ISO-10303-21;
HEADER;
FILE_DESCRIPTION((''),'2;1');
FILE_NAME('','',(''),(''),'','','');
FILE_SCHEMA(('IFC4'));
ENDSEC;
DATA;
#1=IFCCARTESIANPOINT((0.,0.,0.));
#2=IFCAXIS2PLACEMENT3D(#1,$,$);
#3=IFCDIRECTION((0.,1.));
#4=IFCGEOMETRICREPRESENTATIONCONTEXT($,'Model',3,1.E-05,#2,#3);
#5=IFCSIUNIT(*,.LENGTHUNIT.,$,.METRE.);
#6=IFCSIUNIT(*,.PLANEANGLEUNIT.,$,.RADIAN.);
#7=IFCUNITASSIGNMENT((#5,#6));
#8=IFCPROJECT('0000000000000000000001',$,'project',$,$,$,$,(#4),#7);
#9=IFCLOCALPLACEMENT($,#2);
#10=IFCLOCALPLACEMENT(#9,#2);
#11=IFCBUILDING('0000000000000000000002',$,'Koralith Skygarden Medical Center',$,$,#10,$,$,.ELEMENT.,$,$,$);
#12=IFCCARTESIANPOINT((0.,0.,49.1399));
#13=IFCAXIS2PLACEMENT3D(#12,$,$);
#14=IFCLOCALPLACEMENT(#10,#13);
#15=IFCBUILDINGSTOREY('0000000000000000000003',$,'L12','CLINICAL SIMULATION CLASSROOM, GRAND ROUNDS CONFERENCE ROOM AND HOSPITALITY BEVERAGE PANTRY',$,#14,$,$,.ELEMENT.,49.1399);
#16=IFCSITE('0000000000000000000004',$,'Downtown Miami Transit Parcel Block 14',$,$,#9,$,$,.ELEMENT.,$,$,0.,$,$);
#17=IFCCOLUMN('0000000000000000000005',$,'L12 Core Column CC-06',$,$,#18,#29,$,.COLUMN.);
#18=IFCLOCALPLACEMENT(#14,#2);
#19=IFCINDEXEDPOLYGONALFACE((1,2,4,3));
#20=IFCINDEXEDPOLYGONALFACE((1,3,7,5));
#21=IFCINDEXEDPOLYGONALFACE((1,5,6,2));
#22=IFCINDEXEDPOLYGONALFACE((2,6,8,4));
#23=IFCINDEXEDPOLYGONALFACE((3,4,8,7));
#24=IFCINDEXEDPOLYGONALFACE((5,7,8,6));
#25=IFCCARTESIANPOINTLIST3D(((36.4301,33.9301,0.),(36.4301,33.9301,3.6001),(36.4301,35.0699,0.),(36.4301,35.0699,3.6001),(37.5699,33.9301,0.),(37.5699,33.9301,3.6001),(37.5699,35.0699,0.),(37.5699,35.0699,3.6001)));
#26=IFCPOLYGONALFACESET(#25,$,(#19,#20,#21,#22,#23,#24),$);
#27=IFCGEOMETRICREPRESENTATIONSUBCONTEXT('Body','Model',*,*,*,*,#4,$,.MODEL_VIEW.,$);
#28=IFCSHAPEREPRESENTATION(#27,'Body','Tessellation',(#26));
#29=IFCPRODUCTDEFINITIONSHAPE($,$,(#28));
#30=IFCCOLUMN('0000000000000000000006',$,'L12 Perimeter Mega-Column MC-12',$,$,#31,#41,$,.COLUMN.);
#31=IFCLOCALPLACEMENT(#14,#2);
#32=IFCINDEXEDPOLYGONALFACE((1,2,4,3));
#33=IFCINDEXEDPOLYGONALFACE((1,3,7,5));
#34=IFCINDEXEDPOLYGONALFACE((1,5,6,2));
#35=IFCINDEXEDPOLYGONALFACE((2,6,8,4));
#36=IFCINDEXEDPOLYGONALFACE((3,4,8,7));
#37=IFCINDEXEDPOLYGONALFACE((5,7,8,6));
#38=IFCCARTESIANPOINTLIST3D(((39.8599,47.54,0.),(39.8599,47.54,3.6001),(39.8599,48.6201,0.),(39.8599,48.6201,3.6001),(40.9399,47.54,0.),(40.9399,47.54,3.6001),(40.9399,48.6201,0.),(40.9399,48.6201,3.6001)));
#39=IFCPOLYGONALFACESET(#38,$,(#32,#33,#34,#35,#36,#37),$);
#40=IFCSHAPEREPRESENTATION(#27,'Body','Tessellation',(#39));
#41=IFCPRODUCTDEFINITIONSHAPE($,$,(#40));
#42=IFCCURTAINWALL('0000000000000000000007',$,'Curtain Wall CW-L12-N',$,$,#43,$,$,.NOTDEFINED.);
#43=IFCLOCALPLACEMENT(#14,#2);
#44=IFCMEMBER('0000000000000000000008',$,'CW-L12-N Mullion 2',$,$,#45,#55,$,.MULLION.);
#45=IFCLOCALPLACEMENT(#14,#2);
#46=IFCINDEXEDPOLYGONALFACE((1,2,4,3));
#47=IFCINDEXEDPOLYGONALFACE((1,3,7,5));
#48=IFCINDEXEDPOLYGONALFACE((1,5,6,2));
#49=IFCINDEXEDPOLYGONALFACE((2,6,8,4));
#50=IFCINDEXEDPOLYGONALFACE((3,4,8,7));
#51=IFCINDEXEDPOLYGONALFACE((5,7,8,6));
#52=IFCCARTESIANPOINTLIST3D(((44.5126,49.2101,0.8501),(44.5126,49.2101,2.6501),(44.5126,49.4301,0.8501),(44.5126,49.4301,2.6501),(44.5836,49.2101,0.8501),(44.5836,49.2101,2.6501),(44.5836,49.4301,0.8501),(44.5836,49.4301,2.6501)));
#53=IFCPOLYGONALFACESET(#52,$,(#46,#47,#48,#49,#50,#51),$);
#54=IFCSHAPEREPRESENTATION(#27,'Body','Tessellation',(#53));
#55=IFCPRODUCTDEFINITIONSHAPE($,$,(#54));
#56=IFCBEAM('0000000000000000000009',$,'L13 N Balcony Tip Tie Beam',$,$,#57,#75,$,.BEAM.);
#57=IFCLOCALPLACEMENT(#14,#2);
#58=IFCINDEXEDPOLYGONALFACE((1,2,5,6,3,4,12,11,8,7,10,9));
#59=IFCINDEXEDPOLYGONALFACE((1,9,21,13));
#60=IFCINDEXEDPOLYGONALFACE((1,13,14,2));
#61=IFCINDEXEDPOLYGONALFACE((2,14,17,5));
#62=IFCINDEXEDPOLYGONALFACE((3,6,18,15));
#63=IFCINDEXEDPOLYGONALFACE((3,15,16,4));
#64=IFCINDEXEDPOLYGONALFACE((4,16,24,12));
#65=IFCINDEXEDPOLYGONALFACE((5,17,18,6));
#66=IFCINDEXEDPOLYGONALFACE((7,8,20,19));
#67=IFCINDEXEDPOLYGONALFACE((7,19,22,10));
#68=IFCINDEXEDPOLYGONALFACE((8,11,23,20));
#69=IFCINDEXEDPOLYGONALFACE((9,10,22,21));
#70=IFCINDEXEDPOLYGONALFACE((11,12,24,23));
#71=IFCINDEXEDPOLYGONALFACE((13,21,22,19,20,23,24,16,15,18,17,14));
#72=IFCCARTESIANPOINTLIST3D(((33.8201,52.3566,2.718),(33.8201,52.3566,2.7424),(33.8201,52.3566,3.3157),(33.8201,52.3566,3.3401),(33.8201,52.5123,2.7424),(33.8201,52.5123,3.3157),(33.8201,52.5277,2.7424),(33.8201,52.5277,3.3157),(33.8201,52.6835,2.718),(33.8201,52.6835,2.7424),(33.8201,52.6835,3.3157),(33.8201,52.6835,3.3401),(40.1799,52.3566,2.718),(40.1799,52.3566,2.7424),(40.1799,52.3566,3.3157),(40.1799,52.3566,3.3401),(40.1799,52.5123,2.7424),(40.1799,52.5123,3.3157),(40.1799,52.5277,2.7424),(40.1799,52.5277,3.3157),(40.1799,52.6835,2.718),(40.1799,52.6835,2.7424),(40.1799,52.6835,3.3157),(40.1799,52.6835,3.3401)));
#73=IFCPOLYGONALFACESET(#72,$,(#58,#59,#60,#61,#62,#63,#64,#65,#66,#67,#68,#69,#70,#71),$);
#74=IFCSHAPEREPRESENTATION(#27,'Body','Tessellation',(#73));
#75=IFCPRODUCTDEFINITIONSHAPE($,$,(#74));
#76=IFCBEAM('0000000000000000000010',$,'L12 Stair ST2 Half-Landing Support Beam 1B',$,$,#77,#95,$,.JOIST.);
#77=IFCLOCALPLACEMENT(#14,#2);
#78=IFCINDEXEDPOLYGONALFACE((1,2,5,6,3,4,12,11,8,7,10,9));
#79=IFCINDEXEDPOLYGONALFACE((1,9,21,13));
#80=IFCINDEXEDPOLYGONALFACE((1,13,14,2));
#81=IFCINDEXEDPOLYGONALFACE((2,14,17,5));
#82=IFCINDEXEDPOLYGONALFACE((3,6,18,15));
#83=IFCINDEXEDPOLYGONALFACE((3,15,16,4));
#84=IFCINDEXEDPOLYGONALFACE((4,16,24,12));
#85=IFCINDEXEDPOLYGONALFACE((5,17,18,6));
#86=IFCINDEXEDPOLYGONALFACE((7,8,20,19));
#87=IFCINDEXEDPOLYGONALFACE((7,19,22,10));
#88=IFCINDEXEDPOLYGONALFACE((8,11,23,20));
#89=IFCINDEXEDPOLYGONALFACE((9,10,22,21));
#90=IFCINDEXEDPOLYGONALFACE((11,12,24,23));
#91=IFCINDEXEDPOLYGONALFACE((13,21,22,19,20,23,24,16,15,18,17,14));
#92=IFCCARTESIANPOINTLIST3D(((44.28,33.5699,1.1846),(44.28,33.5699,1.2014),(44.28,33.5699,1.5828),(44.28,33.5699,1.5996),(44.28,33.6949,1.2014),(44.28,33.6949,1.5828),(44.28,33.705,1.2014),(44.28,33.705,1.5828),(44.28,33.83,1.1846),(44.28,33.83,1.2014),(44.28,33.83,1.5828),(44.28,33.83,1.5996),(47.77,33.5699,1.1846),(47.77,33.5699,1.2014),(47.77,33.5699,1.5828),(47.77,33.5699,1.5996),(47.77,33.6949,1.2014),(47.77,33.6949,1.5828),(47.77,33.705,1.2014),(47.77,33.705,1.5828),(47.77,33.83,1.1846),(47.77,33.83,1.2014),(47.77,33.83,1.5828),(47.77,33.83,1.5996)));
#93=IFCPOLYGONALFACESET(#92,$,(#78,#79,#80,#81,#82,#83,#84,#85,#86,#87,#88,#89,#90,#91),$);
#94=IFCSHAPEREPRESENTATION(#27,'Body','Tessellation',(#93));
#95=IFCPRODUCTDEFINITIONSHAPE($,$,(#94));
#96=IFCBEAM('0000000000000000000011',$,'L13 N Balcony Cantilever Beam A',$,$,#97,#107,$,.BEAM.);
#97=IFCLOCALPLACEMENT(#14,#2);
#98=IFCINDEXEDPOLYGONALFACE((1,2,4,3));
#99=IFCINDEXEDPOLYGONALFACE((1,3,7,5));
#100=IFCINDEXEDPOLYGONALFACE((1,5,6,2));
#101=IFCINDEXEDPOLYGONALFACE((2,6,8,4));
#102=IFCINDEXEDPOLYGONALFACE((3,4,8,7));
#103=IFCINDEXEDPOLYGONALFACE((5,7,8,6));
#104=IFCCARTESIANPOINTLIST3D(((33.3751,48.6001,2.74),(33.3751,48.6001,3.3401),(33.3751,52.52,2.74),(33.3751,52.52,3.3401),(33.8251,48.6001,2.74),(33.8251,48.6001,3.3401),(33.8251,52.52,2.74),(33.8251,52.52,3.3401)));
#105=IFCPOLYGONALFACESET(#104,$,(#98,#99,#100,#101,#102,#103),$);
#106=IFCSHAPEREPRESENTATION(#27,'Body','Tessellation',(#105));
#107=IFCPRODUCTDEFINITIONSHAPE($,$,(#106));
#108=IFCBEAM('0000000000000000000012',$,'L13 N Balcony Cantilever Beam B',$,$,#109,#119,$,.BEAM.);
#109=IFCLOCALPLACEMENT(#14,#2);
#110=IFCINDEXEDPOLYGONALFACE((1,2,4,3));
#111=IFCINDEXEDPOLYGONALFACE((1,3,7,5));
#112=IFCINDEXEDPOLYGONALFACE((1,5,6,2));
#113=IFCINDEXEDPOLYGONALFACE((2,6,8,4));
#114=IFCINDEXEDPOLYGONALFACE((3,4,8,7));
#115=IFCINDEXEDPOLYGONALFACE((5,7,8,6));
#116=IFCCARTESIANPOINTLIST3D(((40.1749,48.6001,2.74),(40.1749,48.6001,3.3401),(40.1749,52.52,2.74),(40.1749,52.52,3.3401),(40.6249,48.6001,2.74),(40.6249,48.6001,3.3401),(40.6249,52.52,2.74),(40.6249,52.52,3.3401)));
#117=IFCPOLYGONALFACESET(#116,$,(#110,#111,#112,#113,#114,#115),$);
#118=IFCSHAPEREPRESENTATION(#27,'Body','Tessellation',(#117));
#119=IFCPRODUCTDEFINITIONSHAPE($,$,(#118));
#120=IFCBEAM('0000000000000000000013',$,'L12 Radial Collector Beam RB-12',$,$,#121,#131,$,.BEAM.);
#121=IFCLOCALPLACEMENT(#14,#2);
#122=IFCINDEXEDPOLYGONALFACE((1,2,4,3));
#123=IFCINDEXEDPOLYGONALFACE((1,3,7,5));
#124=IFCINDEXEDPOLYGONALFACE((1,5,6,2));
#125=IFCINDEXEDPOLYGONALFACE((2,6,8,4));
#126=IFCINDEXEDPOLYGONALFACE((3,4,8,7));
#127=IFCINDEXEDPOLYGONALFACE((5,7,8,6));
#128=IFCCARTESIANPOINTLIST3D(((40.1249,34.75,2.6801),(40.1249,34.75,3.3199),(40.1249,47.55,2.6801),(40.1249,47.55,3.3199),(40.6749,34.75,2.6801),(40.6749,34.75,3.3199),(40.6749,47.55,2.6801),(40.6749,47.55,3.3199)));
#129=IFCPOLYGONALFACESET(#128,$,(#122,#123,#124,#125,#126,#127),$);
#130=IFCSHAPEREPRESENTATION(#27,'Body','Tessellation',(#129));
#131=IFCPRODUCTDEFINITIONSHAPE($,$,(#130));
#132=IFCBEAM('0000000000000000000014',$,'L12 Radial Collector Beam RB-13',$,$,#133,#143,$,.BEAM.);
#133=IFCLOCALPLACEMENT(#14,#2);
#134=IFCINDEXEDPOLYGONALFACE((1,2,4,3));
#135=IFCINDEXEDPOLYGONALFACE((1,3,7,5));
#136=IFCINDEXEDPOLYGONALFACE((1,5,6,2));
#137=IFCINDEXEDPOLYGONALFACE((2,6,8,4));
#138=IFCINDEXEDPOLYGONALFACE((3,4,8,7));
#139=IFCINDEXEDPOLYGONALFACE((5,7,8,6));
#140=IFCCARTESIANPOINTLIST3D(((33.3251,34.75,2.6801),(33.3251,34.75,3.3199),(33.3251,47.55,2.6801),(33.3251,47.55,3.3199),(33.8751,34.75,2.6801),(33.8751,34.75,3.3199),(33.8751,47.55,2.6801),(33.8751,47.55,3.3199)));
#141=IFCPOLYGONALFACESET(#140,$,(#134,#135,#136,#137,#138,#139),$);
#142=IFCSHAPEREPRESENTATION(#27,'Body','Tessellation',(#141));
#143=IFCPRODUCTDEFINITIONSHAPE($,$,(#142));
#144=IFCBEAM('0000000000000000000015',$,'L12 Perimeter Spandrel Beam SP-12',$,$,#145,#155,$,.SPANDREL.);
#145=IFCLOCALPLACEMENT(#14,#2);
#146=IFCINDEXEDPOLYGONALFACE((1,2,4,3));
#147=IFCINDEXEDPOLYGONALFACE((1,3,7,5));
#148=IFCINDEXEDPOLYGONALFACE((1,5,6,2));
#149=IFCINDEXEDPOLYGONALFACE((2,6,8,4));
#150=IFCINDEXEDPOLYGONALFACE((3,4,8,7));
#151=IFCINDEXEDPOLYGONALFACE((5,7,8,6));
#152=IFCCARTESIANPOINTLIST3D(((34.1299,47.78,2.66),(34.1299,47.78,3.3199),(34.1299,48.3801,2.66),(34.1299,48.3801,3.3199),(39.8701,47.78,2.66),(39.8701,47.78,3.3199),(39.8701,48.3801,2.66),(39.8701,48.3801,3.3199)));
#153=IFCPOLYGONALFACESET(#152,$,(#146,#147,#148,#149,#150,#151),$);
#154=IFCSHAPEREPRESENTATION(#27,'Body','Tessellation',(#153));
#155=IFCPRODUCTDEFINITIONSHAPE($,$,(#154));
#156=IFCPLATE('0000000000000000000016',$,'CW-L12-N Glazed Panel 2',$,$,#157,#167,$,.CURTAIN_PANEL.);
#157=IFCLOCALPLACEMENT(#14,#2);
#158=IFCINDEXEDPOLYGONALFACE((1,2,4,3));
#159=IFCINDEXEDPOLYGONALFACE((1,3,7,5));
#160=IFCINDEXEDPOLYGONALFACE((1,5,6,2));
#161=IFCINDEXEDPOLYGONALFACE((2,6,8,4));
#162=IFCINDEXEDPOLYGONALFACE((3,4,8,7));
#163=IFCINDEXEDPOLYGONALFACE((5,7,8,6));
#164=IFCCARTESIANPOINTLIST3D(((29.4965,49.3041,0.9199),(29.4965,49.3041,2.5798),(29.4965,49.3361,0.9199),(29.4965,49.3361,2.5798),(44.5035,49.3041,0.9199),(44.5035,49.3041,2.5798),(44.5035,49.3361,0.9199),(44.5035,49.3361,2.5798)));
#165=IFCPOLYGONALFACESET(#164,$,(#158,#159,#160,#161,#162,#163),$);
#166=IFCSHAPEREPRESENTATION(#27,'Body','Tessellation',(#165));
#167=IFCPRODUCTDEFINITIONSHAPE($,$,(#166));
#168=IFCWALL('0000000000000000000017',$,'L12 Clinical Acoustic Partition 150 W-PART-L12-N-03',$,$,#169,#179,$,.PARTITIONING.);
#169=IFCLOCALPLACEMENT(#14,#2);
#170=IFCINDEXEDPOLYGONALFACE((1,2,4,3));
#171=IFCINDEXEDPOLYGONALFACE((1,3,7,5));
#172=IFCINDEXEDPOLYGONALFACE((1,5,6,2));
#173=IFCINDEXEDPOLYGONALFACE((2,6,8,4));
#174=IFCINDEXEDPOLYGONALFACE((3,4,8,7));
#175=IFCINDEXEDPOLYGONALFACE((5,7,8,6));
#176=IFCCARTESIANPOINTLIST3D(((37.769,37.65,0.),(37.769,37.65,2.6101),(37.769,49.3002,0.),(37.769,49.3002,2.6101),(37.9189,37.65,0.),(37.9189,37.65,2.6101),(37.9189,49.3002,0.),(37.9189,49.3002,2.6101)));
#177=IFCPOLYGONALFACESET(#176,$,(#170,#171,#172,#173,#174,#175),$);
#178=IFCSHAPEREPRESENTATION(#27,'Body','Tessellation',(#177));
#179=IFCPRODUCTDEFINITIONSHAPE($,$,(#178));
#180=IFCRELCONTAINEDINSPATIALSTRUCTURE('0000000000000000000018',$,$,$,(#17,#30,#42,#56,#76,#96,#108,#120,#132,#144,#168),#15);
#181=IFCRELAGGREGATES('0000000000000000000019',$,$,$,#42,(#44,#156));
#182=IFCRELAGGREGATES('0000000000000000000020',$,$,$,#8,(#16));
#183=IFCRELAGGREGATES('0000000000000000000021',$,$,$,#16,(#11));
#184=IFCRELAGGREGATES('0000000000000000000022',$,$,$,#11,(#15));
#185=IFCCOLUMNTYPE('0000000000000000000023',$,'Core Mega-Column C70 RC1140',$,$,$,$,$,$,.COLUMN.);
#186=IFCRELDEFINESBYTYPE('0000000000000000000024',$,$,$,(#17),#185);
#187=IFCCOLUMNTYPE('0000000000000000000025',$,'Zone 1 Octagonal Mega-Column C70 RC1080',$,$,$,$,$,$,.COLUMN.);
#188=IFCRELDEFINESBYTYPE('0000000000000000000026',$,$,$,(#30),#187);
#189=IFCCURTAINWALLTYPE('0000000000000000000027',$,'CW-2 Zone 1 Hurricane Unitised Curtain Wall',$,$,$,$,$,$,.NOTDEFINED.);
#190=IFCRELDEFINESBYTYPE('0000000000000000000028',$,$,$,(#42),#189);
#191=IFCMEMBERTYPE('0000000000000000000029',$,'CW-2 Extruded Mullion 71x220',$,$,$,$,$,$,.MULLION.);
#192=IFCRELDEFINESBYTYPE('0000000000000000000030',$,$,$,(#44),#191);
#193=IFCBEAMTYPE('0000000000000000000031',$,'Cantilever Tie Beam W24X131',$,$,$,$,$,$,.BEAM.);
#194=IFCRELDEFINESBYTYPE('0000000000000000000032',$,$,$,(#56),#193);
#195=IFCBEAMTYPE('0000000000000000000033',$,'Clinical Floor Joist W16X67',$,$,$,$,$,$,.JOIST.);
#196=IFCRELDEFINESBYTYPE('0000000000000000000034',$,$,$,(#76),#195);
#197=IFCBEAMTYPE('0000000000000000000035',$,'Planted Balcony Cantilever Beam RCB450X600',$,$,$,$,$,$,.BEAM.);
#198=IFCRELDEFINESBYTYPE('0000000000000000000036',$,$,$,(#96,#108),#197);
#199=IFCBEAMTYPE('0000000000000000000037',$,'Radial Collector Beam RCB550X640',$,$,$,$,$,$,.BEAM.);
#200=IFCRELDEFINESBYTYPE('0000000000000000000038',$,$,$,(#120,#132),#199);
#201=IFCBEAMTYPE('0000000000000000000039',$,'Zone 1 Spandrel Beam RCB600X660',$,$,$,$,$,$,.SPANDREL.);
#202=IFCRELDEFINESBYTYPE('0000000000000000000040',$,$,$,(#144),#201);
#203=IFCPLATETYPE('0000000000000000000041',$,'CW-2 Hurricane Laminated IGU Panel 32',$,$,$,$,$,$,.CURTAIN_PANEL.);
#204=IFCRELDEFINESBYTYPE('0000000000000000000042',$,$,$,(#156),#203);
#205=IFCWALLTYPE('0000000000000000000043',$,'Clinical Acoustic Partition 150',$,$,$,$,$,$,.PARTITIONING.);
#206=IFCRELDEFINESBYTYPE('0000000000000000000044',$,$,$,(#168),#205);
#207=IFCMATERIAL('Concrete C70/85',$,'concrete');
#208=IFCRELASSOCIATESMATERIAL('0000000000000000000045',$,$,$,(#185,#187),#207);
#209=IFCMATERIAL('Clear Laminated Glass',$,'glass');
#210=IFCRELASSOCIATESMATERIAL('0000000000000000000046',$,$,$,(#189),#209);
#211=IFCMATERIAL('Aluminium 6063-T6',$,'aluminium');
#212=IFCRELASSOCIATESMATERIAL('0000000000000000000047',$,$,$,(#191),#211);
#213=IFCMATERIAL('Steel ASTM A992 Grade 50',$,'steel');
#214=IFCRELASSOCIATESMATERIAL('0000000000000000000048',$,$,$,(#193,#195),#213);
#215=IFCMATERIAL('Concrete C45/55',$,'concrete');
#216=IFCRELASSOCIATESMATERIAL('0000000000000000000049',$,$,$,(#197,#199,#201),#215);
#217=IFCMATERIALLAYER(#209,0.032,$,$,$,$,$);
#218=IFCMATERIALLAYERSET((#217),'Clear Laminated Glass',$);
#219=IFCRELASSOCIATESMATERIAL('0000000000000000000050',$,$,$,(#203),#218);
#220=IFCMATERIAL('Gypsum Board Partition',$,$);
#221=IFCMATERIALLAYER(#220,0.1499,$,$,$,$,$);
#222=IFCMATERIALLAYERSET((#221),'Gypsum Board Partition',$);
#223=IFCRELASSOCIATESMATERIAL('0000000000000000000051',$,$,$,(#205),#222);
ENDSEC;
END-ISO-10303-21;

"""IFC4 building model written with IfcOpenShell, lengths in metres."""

from ifc_helpers import new_model, si_unit, direction, frame, frame_2d, origin, origin_2d, place, context, subcontext, project, spatial, rectangle, i_section, extrude, material, layer, layer_set, material_profile, profile_set, type_object, element, aggregate, save


model = new_model("IFC4")

# Units and contexts
model_context = context("Model", 3, precision=1e-05, world=origin(), true_north=direction((0.0, 1.0)))
body_context = subcontext(model_context, "Body", "Model", "MODEL_VIEW")
ifc_project = project(units=[si_unit("LENGTHUNIT", "METRE"), si_unit("PLANEANGLEUNIT", "RADIAN")], contexts=[model_context])

# Site, building, storey
site_placement = place(None, origin())
site = spatial("IfcSite", under=ifc_project, at=site_placement, Name="Downtown Miami Transit Parcel Block 14", CompositionType="ELEMENT", RefElevation=0.0)
building_placement = place(site_placement, origin())
building = spatial("IfcBuilding", under=site, at=building_placement, Name="Koralith Skygarden Medical Center", CompositionType="ELEMENT")
storey_placement = place(building_placement, frame((0.0, 0.0, 49.1399)))
storey = spatial("IfcBuildingStorey", under=building, at=storey_placement, Name="L12", Description="CLINICAL SIMULATION CLASSROOM, GRAND ROUNDS CONFERENCE ROOM AND HOSPITALITY BEVERAGE PANTRY", CompositionType="ELEMENT", Elevation=49.1399)

# Columns
ifc_material_1 = material(Name="Concrete C70/85", Category="concrete")
ifc_material_profile_1 = material_profile(ifc_material_1, rectangle(XDim=1.1399, YDim=1.1399, at=origin_2d()), Name="RC1140X1140")
ifc_profile_set_1 = profile_set([ifc_material_profile_1], Name="Concrete C70/85")
column_type_1 = type_object("IfcColumnType", Name="Core Mega-Column C70 RC1140", PredefinedType="COLUMN", material=ifc_profile_set_1)
column_1_placement = place(storey_placement, frame((37.0, 34.5, 0.0), z_axis=(0.0, 0.0, 1.0), x_axis=(1.0, 0.0, 0.0)))
element("IfcColumn", 1, at=column_1_placement, inside=storey, type_object=column_type_1, Name="L12 Core Column CC-06", PredefinedType="COLUMN", context=body_context, shape_type="SweptSolid", body=[
    extrude(rectangle(XDim=1.1399, YDim=1.1399, at=origin_2d()), origin(), (0.0, 0.0, 1.0), 3.6001),
])
ifc_material_profile_2 = material_profile(ifc_material_1, rectangle(XDim=1.0801, YDim=1.0801, at=origin_2d()), Name="RC1080X1080")
ifc_profile_set_2 = profile_set([ifc_material_profile_2], Name="Concrete C70/85")
column_type_2 = type_object("IfcColumnType", Name="Zone 1 Octagonal Mega-Column C70 RC1080", PredefinedType="COLUMN", material=ifc_profile_set_2)
column_2_placement = place(storey_placement, frame((40.3999, 48.0801, 0.0), z_axis=(0.0, 0.0, 1.0), x_axis=(1.0, 0.0, 0.0)))
element("IfcColumn", 2, at=column_2_placement, inside=storey, type_object=column_type_2, Name="L12 Perimeter Mega-Column MC-12", PredefinedType="COLUMN", context=body_context, shape_type="SweptSolid", body=[
    extrude(rectangle(XDim=1.0801, YDim=1.0801, at=origin_2d()), origin(), (0.0, 0.0, 1.0), 3.6001),
])

# Curtain wall, member
ifc_material_2 = material(Name="Clear Laminated Glass", Category="glass")
curtain_wall_type = type_object("IfcCurtainWallType", Name="CW-2 Zone 1 Hurricane Unitised Curtain Wall", PredefinedType="NOTDEFINED", material=ifc_material_2)
curtain_wall_placement = place(storey_placement, origin())
curtain_wall = element("IfcCurtainWall", 3, at=curtain_wall_placement, inside=storey, type_object=curtain_wall_type, Name="Curtain Wall CW-L12-N", PredefinedType="NOTDEFINED")
ifc_material_3 = material(Name="Aluminium 6063-T6", Category="aluminium")
ifc_material_profile_3 = material_profile(ifc_material_3, rectangle(XDim=0.071, YDim=0.22, at=origin_2d()), Name="MUL71X220")
ifc_profile_set_3 = profile_set([ifc_material_profile_3], Name="Aluminium 6063-T6")
member_type = type_object("IfcMemberType", Name="CW-2 Extruded Mullion 71x220", PredefinedType="MULLION", material=ifc_profile_set_3)
member_placement = place(storey_placement, frame((44.5481, 49.3201, 0.8501), z_axis=(0.0, 0.0, 1.0), x_axis=(1.0, 0.0, 0.0)))
member = element("IfcMember", 4, at=member_placement, type_object=member_type, Name="CW-L12-N Mullion 2", PredefinedType="MULLION", context=body_context, shape_type="SweptSolid", body=[
    extrude(rectangle(XDim=0.071, YDim=0.22, at=origin_2d()), origin(), (0.0, 0.0, 1.0), 1.8),
])

# Beams
ifc_material_4 = material(Name="Steel ASTM A992 Grade 50", Category="steel")
ifc_material_profile_4 = material_profile(ifc_material_4, i_section(OverallWidth=0.3269, OverallDepth=0.6221, WebThickness=0.0154, FlangeThickness=0.0244, at=origin_2d()), Name="W24X131")
ifc_profile_set_4 = profile_set([ifc_material_profile_4], Name="Steel ASTM A992 Grade 50")
beam_type_1 = type_object("IfcBeamType", Name="Cantilever Tie Beam W24X131", PredefinedType="BEAM", material=ifc_profile_set_4)
beam_1_placement = place(storey_placement, frame((33.8201, 52.52, 3.0291), z_axis=(1.0, 0.0, 0.0), x_axis=(0.0, 1.0, 0.0)))
element("IfcBeam", 5, at=beam_1_placement, inside=storey, type_object=beam_type_1, Name="L13 N Balcony Tip Tie Beam", PredefinedType="BEAM", context=body_context, shape_type="SweptSolid", body=[
    extrude(i_section(OverallWidth=0.3269, OverallDepth=0.6221, WebThickness=0.0154, FlangeThickness=0.0244, at=origin_2d()), origin(), (0.0, 0.0, 1.0), 6.3599),
])
ifc_material_profile_5 = material_profile(ifc_material_4, i_section(OverallWidth=0.26, OverallDepth=0.415, WebThickness=0.01, FlangeThickness=0.0168, at=origin_2d()), Name="W16X67")
ifc_profile_set_5 = profile_set([ifc_material_profile_5], Name="Steel ASTM A992 Grade 50")
beam_type_2 = type_object("IfcBeamType", Name="Clinical Floor Joist W16X67", PredefinedType="JOIST", material=ifc_profile_set_5)
beam_2_placement = place(storey_placement, frame((44.28, 33.7, 1.3921), z_axis=(1.0, 0.0, 0.0), x_axis=(0.0, 1.0, 0.0)))
element("IfcBeam", 6, at=beam_2_placement, inside=storey, type_object=beam_type_2, Name="L12 Stair ST2 Half-Landing Support Beam 1B", PredefinedType="JOIST", context=body_context, shape_type="SweptSolid", body=[
    extrude(i_section(OverallWidth=0.26, OverallDepth=0.415, WebThickness=0.01, FlangeThickness=0.0168, at=origin_2d()), origin(), (0.0, 0.0, 1.0), 3.49),
])
ifc_material_5 = material(Name="Concrete C45/55", Category="concrete")
ifc_material_profile_6 = material_profile(ifc_material_5, rectangle(XDim=0.45, YDim=0.6001, at=origin_2d()), Name="RCB450X600")
ifc_profile_set_6 = profile_set([ifc_material_profile_6], Name="Concrete C45/55")
beam_type_3 = type_object("IfcBeamType", Name="Planted Balcony Cantilever Beam RCB450X600", PredefinedType="BEAM", material=ifc_profile_set_6)
for number, where, z_axis, x_axis, name in (
    (7, (33.6001, 48.6001, 3.04), (0.0, 1.0, 0.0), (-1.0, 0.0, 0.0), "L13 N Balcony Cantilever Beam A"),
    (8, (40.3999, 48.6001, 3.04), (0.0, 1.0, 0.0), (-1.0, 0.0, 0.0), "L13 N Balcony Cantilever Beam B"),
):
    element("IfcBeam", number, at=place(storey_placement, frame(where, z_axis=z_axis, x_axis=x_axis)), inside=storey, type_object=beam_type_3, Name=name, PredefinedType="BEAM", context=body_context, shape_type="SweptSolid", body=[
        extrude(rectangle(XDim=0.45, YDim=0.6001, at=origin_2d()), origin(), (0.0, 0.0, 1.0), 3.9199),
    ])
ifc_material_profile_7 = material_profile(ifc_material_5, rectangle(XDim=0.55, YDim=0.6399, at=origin_2d()), Name="RCB550X640")
ifc_profile_set_7 = profile_set([ifc_material_profile_7], Name="Concrete C45/55")
beam_type_4 = type_object("IfcBeamType", Name="Radial Collector Beam RCB550X640", PredefinedType="BEAM", material=ifc_profile_set_7)
for number, where, z_axis, x_axis, name in (
    (9, (40.3999, 34.75, 3.0), (0.0, 1.0, 0.0), (-1.0, 0.0, 0.0), "L12 Radial Collector Beam RB-12"),
    (10, (33.6001, 34.75, 3.0), (0.0, 1.0, 0.0), (-1.0, 0.0, 0.0), "L12 Radial Collector Beam RB-13"),
):
    element("IfcBeam", number, at=place(storey_placement, frame(where, z_axis=z_axis, x_axis=x_axis)), inside=storey, type_object=beam_type_4, Name=name, PredefinedType="BEAM", context=body_context, shape_type="SweptSolid", body=[
        extrude(rectangle(XDim=0.55, YDim=0.6399, at=origin_2d()), origin(), (0.0, 0.0, 1.0), 12.8),
    ])
ifc_material_profile_8 = material_profile(ifc_material_5, rectangle(XDim=0.6001, YDim=0.6599, at=origin_2d()), Name="RCB600X660")
ifc_profile_set_8 = profile_set([ifc_material_profile_8], Name="Concrete C45/55")
beam_type_5 = type_object("IfcBeamType", Name="Zone 1 Spandrel Beam RCB600X660", PredefinedType="SPANDREL", material=ifc_profile_set_8)
beam_3_placement = place(storey_placement, frame((39.8701, 48.0801, 2.99), z_axis=(-1.0, 0.0, 0.0), x_axis=(0.0, -1.0, 0.0)))
element("IfcBeam", 11, at=beam_3_placement, inside=storey, type_object=beam_type_5, Name="L12 Perimeter Spandrel Beam SP-12", PredefinedType="SPANDREL", context=body_context, shape_type="SweptSolid", body=[
    extrude(rectangle(XDim=0.6001, YDim=0.6599, at=origin_2d()), origin(), (0.0, 0.0, 1.0), 5.7402),
])

# Plate
ifc_layer_1 = layer(ifc_material_2, 0.032)
ifc_layer_set_1 = layer_set([ifc_layer_1], Name="Clear Laminated Glass")
plate_type = type_object("IfcPlateType", Name="CW-2 Hurricane Laminated IGU Panel 32", PredefinedType="CURTAIN_PANEL", material=ifc_layer_set_1)
plate_placement = place(storey_placement, frame((37.0, 49.3201, 0.9199), z_axis=(0.0, 0.0, 1.0), x_axis=(-1.0, 0.0, 0.0)))
plate = element("IfcPlate", 12, at=plate_placement, type_object=plate_type, Name="CW-L12-N Glazed Panel 2", PredefinedType="CURTAIN_PANEL", context=body_context, shape_type="SweptSolid", body=[
    extrude(rectangle(XDim=15.0071, YDim=0.032, at=origin_2d()), origin(), (0.0, 0.0, 1.0), 1.6599),
])
aggregate(curtain_wall, [member, plate])

# Wall
ifc_material_6 = material(Name="Gypsum Board Partition")
ifc_layer_2 = layer(ifc_material_6, 0.1499)
ifc_layer_set_2 = layer_set([ifc_layer_2], Name="Gypsum Board Partition")
wall_type_1 = type_object("IfcWallType", Name="Clinical Acoustic Partition 150", PredefinedType="PARTITIONING", material=ifc_layer_set_2)
wall_1_placement = place(storey_placement, frame((37.844, 37.6499, 0.0), z_axis=(0.0, 0.0, 1.0), x_axis=(0.0, 1.0, 0.0)))
element("IfcWall", 13, at=wall_1_placement, inside=storey, type_object=wall_type_1, Name="L12 Clinical Acoustic Partition 150 W-PART-L12-N-03", PredefinedType="PARTITIONING", context=body_context, shape_type="SweptSolid", body=[
    extrude(rectangle(XDim=11.6501, YDim=0.1499, at=frame_2d((5.8252, 0.0))), origin(), (0.0, 0.0, 1.0), 2.6101),
])

save(model, "model.ifc")
